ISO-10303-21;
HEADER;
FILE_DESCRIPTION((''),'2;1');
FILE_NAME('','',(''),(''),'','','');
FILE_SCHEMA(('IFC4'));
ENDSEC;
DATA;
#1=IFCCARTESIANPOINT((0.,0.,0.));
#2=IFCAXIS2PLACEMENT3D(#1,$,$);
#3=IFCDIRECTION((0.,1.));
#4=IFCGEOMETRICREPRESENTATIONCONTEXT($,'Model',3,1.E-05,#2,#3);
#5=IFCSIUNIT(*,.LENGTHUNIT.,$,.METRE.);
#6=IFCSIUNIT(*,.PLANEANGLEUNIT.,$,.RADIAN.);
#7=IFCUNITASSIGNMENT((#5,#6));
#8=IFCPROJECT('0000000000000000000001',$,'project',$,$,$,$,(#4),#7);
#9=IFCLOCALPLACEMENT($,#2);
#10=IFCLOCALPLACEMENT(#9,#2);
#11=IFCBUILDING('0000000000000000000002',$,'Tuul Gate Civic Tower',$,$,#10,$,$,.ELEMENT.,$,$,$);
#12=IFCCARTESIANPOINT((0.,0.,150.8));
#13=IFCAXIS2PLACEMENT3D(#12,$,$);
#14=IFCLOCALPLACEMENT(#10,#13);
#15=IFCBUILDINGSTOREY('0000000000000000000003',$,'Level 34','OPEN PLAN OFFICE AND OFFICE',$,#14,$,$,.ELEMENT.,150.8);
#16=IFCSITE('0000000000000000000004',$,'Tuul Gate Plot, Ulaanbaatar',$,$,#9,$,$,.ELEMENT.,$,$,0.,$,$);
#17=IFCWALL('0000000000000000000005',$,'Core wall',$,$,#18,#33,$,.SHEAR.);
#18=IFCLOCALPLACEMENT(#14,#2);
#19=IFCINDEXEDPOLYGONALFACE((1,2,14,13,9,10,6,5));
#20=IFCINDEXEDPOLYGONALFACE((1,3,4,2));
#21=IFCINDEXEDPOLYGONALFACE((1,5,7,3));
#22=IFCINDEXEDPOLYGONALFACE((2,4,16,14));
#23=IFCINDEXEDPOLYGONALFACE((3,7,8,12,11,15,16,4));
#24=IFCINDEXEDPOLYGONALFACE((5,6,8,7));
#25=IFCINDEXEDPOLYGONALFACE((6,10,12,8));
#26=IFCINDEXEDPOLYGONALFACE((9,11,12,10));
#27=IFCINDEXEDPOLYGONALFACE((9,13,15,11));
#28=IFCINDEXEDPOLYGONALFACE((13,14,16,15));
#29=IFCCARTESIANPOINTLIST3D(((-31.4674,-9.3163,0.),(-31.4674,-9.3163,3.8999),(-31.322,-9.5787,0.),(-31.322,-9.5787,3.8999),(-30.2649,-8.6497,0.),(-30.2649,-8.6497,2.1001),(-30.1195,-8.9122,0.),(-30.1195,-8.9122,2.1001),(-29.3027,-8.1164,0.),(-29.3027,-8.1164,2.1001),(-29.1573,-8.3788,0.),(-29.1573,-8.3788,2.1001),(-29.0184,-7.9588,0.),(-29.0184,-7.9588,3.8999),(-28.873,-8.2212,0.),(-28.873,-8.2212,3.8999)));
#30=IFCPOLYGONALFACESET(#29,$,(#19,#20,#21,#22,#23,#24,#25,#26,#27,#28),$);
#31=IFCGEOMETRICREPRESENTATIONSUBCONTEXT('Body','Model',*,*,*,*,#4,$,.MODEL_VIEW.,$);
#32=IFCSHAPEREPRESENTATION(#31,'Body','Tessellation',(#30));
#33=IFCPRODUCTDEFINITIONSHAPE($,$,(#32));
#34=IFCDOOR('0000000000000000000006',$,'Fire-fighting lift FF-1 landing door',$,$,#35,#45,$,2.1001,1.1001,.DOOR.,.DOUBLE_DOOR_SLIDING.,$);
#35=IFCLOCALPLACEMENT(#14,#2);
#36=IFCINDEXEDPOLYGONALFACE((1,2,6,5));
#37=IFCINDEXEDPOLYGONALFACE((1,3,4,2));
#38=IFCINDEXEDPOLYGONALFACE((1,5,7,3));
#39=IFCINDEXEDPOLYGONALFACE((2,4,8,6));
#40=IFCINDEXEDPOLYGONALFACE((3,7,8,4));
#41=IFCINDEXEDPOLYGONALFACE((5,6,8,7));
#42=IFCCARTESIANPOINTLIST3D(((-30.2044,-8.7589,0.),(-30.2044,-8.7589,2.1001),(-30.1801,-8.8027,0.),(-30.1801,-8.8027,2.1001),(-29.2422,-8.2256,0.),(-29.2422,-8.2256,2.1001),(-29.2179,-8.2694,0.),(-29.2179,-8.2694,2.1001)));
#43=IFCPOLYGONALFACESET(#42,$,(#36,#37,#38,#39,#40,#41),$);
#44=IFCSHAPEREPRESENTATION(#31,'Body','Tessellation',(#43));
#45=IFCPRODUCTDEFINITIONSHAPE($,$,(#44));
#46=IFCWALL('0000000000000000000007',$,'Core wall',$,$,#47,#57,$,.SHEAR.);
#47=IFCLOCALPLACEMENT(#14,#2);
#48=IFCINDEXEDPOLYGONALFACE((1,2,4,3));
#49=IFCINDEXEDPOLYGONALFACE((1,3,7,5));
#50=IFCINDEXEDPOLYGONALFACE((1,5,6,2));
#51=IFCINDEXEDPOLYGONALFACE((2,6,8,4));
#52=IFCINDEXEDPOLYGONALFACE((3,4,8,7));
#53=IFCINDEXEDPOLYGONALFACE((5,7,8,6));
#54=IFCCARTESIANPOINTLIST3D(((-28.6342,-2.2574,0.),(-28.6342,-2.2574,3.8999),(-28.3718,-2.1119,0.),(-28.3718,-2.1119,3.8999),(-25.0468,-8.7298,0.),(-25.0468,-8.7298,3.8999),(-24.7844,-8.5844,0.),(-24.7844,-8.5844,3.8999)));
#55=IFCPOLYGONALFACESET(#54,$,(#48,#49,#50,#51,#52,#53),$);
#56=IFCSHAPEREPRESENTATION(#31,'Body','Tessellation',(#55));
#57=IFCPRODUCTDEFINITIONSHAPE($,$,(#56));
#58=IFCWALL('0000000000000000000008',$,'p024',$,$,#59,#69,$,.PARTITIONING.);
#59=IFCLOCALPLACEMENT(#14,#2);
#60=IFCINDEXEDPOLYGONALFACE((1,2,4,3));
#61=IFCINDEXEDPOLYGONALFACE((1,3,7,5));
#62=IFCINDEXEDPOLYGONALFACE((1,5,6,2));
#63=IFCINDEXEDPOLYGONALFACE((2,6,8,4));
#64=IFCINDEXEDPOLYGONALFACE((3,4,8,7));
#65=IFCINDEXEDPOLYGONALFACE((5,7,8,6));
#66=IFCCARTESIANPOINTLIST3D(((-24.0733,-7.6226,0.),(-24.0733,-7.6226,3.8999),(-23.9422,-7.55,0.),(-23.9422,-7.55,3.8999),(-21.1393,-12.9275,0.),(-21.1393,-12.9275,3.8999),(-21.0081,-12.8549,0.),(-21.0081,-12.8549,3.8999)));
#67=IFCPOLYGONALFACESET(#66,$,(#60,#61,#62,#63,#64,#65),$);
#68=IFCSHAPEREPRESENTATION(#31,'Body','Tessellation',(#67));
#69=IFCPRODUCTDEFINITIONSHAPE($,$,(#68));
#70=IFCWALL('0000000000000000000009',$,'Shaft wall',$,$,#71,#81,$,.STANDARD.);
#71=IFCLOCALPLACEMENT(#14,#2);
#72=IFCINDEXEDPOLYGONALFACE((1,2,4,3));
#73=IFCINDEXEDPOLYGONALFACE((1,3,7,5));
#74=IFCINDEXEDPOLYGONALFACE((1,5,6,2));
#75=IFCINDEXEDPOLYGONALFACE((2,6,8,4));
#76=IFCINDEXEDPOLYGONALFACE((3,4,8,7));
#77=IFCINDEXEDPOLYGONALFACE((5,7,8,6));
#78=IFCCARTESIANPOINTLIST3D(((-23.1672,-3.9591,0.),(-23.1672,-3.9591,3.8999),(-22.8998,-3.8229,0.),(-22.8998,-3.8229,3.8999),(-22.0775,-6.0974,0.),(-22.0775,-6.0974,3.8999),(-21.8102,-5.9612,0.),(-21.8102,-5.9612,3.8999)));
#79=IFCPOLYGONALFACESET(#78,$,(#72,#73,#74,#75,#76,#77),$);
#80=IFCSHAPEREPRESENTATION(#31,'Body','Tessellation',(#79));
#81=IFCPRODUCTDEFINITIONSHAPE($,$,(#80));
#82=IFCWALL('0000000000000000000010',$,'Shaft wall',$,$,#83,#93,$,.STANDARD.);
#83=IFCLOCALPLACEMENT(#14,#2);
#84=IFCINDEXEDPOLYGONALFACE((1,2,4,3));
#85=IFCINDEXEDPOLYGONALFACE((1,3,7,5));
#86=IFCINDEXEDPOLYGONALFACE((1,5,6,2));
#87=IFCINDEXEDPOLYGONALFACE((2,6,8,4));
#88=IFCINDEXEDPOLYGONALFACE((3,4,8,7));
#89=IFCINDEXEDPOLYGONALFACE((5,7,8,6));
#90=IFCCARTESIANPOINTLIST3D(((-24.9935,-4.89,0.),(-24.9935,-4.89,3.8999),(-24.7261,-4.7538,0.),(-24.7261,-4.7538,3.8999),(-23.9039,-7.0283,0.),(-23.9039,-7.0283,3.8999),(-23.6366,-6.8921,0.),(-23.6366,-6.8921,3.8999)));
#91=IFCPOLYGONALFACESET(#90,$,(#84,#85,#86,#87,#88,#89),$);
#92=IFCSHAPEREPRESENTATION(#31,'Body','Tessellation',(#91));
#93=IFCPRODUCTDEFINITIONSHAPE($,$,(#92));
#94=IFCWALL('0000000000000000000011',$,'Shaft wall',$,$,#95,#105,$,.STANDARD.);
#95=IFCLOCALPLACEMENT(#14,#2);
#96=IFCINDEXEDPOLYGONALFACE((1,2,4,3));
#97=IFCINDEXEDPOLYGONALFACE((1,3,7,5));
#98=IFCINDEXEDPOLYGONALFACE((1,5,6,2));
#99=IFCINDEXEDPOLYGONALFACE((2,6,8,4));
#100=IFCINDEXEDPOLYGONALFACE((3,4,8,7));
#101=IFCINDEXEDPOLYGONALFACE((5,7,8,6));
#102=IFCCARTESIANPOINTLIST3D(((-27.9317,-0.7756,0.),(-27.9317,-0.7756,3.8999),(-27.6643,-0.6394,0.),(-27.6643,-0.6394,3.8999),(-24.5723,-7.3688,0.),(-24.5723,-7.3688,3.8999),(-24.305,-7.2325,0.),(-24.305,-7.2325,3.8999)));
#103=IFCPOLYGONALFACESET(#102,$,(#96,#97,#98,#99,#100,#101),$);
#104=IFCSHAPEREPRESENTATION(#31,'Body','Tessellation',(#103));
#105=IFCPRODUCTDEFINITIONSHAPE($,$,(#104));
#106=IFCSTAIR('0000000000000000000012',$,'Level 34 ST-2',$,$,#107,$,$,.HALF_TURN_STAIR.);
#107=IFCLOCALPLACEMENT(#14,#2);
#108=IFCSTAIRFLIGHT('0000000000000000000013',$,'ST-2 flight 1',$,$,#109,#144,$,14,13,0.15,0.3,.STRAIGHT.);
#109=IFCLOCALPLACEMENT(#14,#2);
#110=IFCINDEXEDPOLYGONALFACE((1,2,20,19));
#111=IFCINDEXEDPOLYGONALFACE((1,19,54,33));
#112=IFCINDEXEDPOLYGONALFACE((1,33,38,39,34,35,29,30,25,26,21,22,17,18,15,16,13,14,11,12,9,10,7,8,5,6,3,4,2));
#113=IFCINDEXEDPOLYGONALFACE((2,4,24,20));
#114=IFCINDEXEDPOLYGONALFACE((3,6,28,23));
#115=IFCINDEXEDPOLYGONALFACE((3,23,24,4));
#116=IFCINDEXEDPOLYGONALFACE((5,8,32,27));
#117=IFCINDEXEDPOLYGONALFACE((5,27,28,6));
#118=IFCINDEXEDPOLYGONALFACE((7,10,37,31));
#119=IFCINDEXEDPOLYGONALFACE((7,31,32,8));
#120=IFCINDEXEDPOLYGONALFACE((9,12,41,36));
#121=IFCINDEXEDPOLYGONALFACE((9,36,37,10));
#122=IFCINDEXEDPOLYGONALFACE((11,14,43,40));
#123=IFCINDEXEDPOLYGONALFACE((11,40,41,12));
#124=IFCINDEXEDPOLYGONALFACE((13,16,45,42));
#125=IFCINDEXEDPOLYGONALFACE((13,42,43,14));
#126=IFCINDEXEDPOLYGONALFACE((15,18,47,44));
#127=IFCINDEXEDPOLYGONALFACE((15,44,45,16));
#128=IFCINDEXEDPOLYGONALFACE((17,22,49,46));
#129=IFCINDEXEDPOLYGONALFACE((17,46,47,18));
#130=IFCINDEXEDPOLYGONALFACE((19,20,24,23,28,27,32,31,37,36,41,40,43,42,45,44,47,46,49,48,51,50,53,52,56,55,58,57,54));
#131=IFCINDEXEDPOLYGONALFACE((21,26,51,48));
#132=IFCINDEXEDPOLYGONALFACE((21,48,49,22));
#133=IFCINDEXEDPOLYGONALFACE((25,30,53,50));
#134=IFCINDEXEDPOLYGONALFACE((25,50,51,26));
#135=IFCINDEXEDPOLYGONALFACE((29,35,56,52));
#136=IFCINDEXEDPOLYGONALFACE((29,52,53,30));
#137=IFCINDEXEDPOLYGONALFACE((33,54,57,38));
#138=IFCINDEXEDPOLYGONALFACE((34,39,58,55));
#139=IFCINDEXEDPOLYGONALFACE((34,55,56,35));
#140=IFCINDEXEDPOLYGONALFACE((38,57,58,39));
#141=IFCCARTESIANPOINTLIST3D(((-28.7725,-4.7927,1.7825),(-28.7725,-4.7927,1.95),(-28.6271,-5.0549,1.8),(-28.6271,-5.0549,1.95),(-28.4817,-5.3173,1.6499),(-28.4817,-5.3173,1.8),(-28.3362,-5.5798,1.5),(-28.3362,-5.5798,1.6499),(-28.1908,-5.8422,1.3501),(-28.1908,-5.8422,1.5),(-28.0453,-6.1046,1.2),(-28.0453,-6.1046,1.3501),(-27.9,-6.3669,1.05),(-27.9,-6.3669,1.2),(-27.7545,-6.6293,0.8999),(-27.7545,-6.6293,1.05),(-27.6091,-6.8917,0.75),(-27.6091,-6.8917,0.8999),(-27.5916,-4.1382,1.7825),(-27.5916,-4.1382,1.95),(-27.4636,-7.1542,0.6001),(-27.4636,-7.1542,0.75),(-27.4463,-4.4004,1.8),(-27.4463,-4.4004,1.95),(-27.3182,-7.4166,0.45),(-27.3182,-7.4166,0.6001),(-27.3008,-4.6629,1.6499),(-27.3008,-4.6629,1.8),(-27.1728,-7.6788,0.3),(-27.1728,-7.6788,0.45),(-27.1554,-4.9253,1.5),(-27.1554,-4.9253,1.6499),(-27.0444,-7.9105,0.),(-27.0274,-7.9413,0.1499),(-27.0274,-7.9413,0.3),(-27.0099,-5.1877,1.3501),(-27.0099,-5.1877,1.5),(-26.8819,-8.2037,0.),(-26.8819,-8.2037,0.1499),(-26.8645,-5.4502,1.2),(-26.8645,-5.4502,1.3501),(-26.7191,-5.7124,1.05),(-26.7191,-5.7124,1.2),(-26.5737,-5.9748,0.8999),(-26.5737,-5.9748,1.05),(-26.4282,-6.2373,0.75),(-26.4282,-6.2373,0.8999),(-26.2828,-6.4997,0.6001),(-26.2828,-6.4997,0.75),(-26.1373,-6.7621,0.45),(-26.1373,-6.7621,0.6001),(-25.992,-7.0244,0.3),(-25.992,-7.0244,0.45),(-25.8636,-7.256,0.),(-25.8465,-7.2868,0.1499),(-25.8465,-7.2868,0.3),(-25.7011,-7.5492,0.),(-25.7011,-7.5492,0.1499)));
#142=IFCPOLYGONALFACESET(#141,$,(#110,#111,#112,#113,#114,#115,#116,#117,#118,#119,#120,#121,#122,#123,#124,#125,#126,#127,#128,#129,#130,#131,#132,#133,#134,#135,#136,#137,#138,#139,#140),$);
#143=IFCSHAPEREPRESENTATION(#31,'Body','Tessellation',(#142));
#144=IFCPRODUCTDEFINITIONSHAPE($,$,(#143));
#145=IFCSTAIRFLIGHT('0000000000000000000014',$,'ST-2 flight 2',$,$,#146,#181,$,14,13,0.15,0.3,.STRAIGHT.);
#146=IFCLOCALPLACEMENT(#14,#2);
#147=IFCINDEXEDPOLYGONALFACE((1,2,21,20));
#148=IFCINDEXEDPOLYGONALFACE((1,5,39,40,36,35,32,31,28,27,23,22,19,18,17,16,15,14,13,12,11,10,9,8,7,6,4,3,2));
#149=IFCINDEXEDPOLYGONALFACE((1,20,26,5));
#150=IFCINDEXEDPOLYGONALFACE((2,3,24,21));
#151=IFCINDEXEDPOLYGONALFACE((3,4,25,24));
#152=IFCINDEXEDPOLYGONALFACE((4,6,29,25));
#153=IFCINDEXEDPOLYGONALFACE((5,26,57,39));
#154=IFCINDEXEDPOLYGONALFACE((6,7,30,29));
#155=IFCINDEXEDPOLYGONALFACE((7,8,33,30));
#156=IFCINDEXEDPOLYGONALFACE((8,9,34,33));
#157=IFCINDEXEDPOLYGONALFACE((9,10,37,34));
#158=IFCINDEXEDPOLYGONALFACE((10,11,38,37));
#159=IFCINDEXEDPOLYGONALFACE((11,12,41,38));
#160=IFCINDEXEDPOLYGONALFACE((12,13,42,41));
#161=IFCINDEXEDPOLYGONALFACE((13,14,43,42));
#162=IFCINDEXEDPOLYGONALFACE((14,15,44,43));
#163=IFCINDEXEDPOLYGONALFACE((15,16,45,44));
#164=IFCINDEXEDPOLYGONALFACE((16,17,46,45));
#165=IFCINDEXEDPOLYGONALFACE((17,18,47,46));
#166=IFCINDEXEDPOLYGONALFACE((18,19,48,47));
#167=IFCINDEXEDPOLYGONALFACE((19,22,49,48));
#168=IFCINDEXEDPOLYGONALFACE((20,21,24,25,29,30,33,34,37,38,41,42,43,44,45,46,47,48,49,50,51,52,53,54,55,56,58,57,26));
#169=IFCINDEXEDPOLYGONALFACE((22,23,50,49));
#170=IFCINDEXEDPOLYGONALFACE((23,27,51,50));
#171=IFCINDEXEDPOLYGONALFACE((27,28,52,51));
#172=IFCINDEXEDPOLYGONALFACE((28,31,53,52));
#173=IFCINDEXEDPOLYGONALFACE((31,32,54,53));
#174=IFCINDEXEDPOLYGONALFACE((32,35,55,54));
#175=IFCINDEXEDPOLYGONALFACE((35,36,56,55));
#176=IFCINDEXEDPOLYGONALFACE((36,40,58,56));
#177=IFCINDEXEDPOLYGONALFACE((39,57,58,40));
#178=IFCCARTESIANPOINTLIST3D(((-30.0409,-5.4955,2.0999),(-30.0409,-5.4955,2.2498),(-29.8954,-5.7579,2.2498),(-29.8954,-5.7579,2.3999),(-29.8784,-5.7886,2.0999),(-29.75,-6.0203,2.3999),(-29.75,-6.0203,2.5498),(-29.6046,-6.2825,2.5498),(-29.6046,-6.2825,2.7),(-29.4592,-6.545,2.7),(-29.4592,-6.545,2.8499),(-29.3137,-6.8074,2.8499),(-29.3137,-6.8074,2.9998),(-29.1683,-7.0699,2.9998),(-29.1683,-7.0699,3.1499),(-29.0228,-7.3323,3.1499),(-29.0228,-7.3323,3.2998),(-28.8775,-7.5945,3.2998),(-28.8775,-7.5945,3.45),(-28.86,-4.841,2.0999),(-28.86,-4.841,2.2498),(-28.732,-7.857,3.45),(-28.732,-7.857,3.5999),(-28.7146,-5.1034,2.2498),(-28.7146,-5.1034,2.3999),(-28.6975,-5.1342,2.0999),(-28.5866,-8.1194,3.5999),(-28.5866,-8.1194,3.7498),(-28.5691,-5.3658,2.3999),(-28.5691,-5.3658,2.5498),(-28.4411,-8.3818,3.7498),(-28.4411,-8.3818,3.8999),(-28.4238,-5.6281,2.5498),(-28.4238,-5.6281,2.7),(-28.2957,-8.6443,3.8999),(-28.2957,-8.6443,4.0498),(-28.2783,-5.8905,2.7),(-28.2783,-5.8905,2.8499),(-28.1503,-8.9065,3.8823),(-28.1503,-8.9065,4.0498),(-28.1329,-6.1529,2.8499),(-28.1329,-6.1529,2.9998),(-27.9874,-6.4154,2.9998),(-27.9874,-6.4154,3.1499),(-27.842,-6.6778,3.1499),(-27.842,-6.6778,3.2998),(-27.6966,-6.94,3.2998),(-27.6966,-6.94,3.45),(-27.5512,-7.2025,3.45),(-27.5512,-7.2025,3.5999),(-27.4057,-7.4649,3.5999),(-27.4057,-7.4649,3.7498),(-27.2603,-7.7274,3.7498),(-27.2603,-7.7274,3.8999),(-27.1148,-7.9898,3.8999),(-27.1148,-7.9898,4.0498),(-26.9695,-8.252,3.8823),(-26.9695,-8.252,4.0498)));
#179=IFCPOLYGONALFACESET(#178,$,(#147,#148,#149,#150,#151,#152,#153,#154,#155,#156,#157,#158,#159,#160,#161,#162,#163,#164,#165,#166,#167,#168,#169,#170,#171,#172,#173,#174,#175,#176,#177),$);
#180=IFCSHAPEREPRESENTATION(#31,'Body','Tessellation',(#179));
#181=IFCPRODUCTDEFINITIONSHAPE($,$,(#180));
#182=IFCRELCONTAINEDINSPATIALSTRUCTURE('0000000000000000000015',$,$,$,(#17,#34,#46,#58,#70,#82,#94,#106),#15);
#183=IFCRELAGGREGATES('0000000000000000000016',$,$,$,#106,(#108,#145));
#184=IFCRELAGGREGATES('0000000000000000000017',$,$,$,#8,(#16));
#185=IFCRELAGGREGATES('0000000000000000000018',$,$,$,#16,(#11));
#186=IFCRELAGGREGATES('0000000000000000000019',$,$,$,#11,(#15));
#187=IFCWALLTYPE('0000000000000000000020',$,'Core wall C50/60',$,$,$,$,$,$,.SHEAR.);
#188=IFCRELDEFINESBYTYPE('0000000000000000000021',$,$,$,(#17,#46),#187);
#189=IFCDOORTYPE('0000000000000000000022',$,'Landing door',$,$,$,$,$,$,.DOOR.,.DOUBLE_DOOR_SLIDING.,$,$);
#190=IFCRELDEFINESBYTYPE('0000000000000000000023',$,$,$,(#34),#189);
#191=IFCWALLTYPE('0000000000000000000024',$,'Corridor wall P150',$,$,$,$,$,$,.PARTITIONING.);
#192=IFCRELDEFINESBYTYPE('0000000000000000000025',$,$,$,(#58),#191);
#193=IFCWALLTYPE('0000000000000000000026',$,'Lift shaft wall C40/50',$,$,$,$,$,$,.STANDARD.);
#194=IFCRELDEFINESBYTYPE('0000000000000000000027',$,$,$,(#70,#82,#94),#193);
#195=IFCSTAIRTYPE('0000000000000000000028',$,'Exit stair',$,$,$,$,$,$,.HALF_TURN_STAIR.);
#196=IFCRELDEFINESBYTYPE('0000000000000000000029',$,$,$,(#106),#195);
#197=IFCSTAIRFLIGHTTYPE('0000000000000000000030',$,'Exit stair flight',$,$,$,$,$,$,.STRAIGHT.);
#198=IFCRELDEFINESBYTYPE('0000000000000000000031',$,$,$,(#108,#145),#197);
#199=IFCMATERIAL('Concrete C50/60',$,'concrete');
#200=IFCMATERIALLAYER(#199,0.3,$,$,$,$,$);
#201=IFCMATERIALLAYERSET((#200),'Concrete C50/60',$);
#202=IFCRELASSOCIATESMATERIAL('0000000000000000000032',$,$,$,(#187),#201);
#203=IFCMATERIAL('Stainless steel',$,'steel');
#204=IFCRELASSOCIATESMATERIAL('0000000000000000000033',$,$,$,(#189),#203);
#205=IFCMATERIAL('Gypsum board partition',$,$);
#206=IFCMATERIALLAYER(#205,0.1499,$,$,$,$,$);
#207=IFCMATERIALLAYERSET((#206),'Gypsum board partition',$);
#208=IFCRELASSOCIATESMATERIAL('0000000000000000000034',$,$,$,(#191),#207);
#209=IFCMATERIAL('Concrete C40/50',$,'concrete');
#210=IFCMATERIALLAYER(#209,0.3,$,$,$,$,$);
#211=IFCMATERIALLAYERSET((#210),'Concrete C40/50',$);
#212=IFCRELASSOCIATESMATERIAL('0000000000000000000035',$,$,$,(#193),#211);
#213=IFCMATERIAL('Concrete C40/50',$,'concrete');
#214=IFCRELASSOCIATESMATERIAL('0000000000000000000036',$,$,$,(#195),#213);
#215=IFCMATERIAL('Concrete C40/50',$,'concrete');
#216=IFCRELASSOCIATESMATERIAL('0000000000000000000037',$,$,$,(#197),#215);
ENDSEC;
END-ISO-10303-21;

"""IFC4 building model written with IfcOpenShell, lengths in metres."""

from ifc_helpers import new_model, si_unit, direction, frame, frame_2d, origin, place, context, subcontext, project, spatial, polyline, rectangle, outline, extrude, material, layer, layer_set, type_object, element, fill, aggregate, save


model = new_model("IFC4")

# Units and contexts
model_context = context("Model", 3, precision=1e-05, world=origin(), true_north=direction((0.0, 1.0)))
body_context = subcontext(model_context, "Body", "Model", "MODEL_VIEW")
ifc_project = project(units=[si_unit("LENGTHUNIT", "METRE"), si_unit("PLANEANGLEUNIT", "RADIAN")], contexts=[model_context])

# Site, building, storey
site_placement = place(None, origin())
site = spatial("IfcSite", under=ifc_project, at=site_placement, Name="Tuul Gate Plot, Ulaanbaatar", CompositionType="ELEMENT", RefElevation=0.0)
building_placement = place(site_placement, origin())
building = spatial("IfcBuilding", under=site, at=building_placement, Name="Tuul Gate Civic Tower", CompositionType="ELEMENT")
storey_placement = place(building_placement, frame((0.0, 0.0, 150.8)))
storey = spatial("IfcBuildingStorey", under=building, at=storey_placement, Name="Level 34", Description="OPEN PLAN OFFICE AND OFFICE", CompositionType="ELEMENT", Elevation=150.8)

# Wall, opening, door
ifc_material_1 = material(Name="Concrete C50/60", Category="concrete")
ifc_layer_1 = layer(ifc_material_1, 0.3)
ifc_layer_set_1 = layer_set([ifc_layer_1], Name="Concrete C50/60")
wall_type_1 = type_object("IfcWallType", Name="Core wall C50/60", PredefinedType="SHEAR", material=ifc_layer_set_1)
wall_1_placement = place(storey_placement, frame((-28.9458, -8.0901, 0.0), z_axis=(0.0, 0.0, 1.0), x_axis=(-0.87463, -0.484791, 0.0)))
wall_1 = element("IfcWall", 1, at=wall_1_placement, inside=storey, type_object=wall_type_1, Name="Core wall", PredefinedType="SHEAR", context=body_context, shape_type="SweptSolid", body=[
    extrude(rectangle(XDim=2.8, YDim=0.3, at=frame_2d((1.3999, 0.0))), origin(), (0.0, 0.0, 1.0), 3.8999),
])
opening_placement = place(wall_1_placement, frame((0.325, 0.0, 0.0)))
opening = element("IfcOpeningElement", 2, at=opening_placement, cuts=wall_1, PredefinedType="OPENING", context=body_context, shape_type="SweptSolid", body=[
    extrude(rectangle(XDim=1.1001, YDim=2.1001, at=frame_2d((0.55, 1.05))), frame((0.0, 0.1602, 0.0), z_axis=(0.0, -1.0, 0.0), x_axis=(1.0, 0.0, 0.0)), (0.0, 0.0, 1.0), 0.3201),
])
ifc_material_2 = material(Name="Stainless steel", Category="steel")
door_type = type_object("IfcDoorType", Name="Landing door", OperationType="DOUBLE_DOOR_SLIDING", PredefinedType="DOOR", material=ifc_material_2)
door_placement = place(opening_placement, origin())
door = element("IfcDoor", 3, at=door_placement, inside=storey, type_object=door_type, Name="Fire-fighting lift FF-1 landing door", OperationType="DOUBLE_DOOR_SLIDING", OverallHeight=2.1001, OverallWidth=1.1001, PredefinedType="DOOR", context=body_context, shape_type="SweptSolid", body=[
    extrude(rectangle(XDim=1.1001, YDim=2.1001, at=frame_2d((0.55, 1.05))), frame((0.0, 0.0249, 0.0), z_axis=(0.0, -1.0, 0.0), x_axis=(1.0, 0.0, 0.0)), (0.0, 0.0, 1.0), 0.05),
])
fill(opening, door)

# Walls
wall_2_placement = place(storey_placement, frame((-24.9155, -8.6572, 0.0), z_axis=(0.0, 0.0, 1.0), x_axis=(-0.484777, 0.874638, 0.0)))
element("IfcWall", 4, at=wall_2_placement, inside=storey, type_object=wall_type_1, Name="Core wall", PredefinedType="SHEAR", context=body_context, shape_type="SweptSolid", body=[
    extrude(rectangle(XDim=7.4001, YDim=0.3, at=frame_2d((3.7002, 0.0))), origin(), (0.0, 0.0, 1.0), 3.8999),
])
ifc_material_3 = material(Name="Gypsum board partition")
ifc_layer_2 = layer(ifc_material_3, 0.1499)
ifc_layer_set_2 = layer_set([ifc_layer_2], Name="Gypsum board partition")
wall_type_2 = type_object("IfcWallType", Name="Corridor wall P150", PredefinedType="PARTITIONING", material=ifc_layer_set_2)
wall_3_placement = place(storey_placement, frame((-24.0078, -7.5862, 0.0), z_axis=(0.0, 0.0, 1.0), x_axis=(0.483991, -0.875073, 0.0)))
element("IfcWall", 5, at=wall_3_placement, inside=storey, type_object=wall_type_2, Name="p024", PredefinedType="PARTITIONING", context=body_context, shape_type="SweptSolid", body=[
    extrude(rectangle(XDim=6.0623, YDim=0.1499, at=frame_2d((3.0312, 0.0))), origin(), (0.0, 0.0, 1.0), 3.8999),
])
ifc_material_4 = material(Name="Concrete C40/50", Category="concrete")
ifc_layer_3 = layer(ifc_material_4, 0.3)
ifc_layer_set_3 = layer_set([ifc_layer_3], Name="Concrete C40/50")
wall_type_3 = type_object("IfcWallType", Name="Lift shaft wall C40/50", PredefinedType="STANDARD", material=ifc_layer_set_3)
for number, where, z_axis, x_axis, name in (
    (6, (-21.9438, -6.0293, 0.0), (0.0, 0.0, 1.0), (-0.454037, 0.890983, 0.0), "Shaft wall"),
    (7, (-23.7703, -6.9602, 0.0), (0.0, 0.0, 1.0), (-0.453996, 0.891004, 0.0), "Shaft wall"),
):
    element("IfcWall", number, at=place(storey_placement, frame(where, z_axis=z_axis, x_axis=x_axis)), inside=storey, type_object=wall_type_3, Name=name, PredefinedType="STANDARD", context=body_context, shape_type="SweptSolid", body=[
        extrude(rectangle(XDim=2.3999, YDim=0.3, at=frame_2d((1.2, 0.0))), origin(), (0.0, 0.0, 1.0), 3.8999),
    ])
wall_4_placement = place(storey_placement, frame((-24.4387, -7.3005, 0.0), z_axis=(0.0, 0.0, 1.0), x_axis=(-0.453984, 0.89101, 0.0)))
element("IfcWall", 8, at=wall_4_placement, inside=storey, type_object=wall_type_3, Name="Shaft wall", PredefinedType="STANDARD", context=body_context, shape_type="SweptSolid", body=[
    extrude(rectangle(XDim=7.3997, YDim=0.3, at=frame_2d((3.6997, 0.0))), origin(), (0.0, 0.0, 1.0), 3.8999),
])

# Stair, stair flights
ifc_material_5 = material(Name="Concrete C40/50", Category="concrete")
stair_type = type_object("IfcStairType", Name="Exit stair", PredefinedType="HALF_TURN_STAIR", material=ifc_material_5)
stair_placement = place(storey_placement, origin())
stair = element("IfcStair", 9, at=stair_placement, inside=storey, type_object=stair_type, Name="Level 34 ST-2", PredefinedType="HALF_TURN_STAIR")
ifc_material_6 = material(Name="Concrete C40/50", Category="concrete")
stair_flight_type = type_object("IfcStairFlightType", Name="Exit stair flight", PredefinedType="STRAIGHT", material=ifc_material_6)
stair_flight_1_placement = place(storey_placement, frame((-26.2915, -7.8765, 0.0), z_axis=(0.0, 0.0, 1.0), x_axis=(-0.484762, 0.874646, 0.0)))
stair_flight_1 = element("IfcStairFlight", 10, at=stair_flight_1_placement, type_object=stair_flight_type, Name="ST-2 flight 1", NumberOfRisers=14, NumberOfTreads=13, PredefinedType="STRAIGHT", RiserHeight=0.15, TreadLength=0.3, context=body_context, shape_type="SweptSolid", body=[
    extrude(outline(polyline([(0.0, 0.0), (0.0, 0.1499), (0.3, 0.1499), (0.3, 0.3), (0.6001, 0.3), (0.6001, 0.45), (0.8999, 0.45), (0.8999, 0.6001), (1.2, 0.6001), (1.2, 0.75), (1.5, 0.75), (1.5, 0.8999), (1.8, 0.8999), (1.8, 1.05), (2.1001, 1.05), (2.1001, 1.2), (2.3999, 1.2), (2.3999, 1.3501), (2.7, 1.3501), (2.7, 1.5), (3.0, 1.5), (3.0, 1.6499), (3.3, 1.6499), (3.3, 1.8), (3.6001, 1.8), (3.6001, 1.95), (3.8999, 1.95), (3.8999, 2.1001), (3.8999, 1.7825), (0.3352, 0.0), (0.0, 0.0)])), frame((0.0, 0.675, 0.0), z_axis=(0.0, -1.0, 0.0), x_axis=(1.0, 0.0, 0.0)), (0.0, 0.0, 1.0), 1.3501),
])
stair_flight_2_placement = place(storey_placement, frame((-29.4504, -5.1682, 2.0999), z_axis=(0.0, 0.0, 1.0), x_axis=(0.484762, -0.874646, 0.0)))
stair_flight_2 = element("IfcStairFlight", 11, at=stair_flight_2_placement, type_object=stair_flight_type, Name="ST-2 flight 2", NumberOfRisers=14, NumberOfTreads=13, PredefinedType="STRAIGHT", RiserHeight=0.15, TreadLength=0.3, context=body_context, shape_type="SweptSolid", body=[
    extrude(outline(polyline([(0.0, 0.0), (0.0, 0.1499), (0.3, 0.1499), (0.3, 0.3), (0.6001, 0.3), (0.6001, 0.45), (0.8999, 0.45), (0.8999, 0.6001), (1.2, 0.6001), (1.2, 0.75), (1.5, 0.75), (1.5, 0.8999), (1.8, 0.8999), (1.8, 1.05), (2.1001, 1.05), (2.1001, 1.2), (2.3999, 1.2), (2.3999, 1.3501), (2.7, 1.3501), (2.7, 1.5), (3.0, 1.5), (3.0, 1.6499), (3.3, 1.6499), (3.3, 1.8), (3.6001, 1.8), (3.6001, 1.95), (3.8999, 1.95), (3.8999, 2.1001), (3.8999, 1.7825), (0.3352, 0.0), (0.0, 0.0)])), frame((0.0, 0.675, 0.0), z_axis=(0.0, -1.0, 0.0), x_axis=(1.0, 0.0, 0.0)), (0.0, 0.0, 1.0), 1.3501),
])
aggregate(stair, [stair_flight_1, stair_flight_2])

save(model, "model.ifc")
